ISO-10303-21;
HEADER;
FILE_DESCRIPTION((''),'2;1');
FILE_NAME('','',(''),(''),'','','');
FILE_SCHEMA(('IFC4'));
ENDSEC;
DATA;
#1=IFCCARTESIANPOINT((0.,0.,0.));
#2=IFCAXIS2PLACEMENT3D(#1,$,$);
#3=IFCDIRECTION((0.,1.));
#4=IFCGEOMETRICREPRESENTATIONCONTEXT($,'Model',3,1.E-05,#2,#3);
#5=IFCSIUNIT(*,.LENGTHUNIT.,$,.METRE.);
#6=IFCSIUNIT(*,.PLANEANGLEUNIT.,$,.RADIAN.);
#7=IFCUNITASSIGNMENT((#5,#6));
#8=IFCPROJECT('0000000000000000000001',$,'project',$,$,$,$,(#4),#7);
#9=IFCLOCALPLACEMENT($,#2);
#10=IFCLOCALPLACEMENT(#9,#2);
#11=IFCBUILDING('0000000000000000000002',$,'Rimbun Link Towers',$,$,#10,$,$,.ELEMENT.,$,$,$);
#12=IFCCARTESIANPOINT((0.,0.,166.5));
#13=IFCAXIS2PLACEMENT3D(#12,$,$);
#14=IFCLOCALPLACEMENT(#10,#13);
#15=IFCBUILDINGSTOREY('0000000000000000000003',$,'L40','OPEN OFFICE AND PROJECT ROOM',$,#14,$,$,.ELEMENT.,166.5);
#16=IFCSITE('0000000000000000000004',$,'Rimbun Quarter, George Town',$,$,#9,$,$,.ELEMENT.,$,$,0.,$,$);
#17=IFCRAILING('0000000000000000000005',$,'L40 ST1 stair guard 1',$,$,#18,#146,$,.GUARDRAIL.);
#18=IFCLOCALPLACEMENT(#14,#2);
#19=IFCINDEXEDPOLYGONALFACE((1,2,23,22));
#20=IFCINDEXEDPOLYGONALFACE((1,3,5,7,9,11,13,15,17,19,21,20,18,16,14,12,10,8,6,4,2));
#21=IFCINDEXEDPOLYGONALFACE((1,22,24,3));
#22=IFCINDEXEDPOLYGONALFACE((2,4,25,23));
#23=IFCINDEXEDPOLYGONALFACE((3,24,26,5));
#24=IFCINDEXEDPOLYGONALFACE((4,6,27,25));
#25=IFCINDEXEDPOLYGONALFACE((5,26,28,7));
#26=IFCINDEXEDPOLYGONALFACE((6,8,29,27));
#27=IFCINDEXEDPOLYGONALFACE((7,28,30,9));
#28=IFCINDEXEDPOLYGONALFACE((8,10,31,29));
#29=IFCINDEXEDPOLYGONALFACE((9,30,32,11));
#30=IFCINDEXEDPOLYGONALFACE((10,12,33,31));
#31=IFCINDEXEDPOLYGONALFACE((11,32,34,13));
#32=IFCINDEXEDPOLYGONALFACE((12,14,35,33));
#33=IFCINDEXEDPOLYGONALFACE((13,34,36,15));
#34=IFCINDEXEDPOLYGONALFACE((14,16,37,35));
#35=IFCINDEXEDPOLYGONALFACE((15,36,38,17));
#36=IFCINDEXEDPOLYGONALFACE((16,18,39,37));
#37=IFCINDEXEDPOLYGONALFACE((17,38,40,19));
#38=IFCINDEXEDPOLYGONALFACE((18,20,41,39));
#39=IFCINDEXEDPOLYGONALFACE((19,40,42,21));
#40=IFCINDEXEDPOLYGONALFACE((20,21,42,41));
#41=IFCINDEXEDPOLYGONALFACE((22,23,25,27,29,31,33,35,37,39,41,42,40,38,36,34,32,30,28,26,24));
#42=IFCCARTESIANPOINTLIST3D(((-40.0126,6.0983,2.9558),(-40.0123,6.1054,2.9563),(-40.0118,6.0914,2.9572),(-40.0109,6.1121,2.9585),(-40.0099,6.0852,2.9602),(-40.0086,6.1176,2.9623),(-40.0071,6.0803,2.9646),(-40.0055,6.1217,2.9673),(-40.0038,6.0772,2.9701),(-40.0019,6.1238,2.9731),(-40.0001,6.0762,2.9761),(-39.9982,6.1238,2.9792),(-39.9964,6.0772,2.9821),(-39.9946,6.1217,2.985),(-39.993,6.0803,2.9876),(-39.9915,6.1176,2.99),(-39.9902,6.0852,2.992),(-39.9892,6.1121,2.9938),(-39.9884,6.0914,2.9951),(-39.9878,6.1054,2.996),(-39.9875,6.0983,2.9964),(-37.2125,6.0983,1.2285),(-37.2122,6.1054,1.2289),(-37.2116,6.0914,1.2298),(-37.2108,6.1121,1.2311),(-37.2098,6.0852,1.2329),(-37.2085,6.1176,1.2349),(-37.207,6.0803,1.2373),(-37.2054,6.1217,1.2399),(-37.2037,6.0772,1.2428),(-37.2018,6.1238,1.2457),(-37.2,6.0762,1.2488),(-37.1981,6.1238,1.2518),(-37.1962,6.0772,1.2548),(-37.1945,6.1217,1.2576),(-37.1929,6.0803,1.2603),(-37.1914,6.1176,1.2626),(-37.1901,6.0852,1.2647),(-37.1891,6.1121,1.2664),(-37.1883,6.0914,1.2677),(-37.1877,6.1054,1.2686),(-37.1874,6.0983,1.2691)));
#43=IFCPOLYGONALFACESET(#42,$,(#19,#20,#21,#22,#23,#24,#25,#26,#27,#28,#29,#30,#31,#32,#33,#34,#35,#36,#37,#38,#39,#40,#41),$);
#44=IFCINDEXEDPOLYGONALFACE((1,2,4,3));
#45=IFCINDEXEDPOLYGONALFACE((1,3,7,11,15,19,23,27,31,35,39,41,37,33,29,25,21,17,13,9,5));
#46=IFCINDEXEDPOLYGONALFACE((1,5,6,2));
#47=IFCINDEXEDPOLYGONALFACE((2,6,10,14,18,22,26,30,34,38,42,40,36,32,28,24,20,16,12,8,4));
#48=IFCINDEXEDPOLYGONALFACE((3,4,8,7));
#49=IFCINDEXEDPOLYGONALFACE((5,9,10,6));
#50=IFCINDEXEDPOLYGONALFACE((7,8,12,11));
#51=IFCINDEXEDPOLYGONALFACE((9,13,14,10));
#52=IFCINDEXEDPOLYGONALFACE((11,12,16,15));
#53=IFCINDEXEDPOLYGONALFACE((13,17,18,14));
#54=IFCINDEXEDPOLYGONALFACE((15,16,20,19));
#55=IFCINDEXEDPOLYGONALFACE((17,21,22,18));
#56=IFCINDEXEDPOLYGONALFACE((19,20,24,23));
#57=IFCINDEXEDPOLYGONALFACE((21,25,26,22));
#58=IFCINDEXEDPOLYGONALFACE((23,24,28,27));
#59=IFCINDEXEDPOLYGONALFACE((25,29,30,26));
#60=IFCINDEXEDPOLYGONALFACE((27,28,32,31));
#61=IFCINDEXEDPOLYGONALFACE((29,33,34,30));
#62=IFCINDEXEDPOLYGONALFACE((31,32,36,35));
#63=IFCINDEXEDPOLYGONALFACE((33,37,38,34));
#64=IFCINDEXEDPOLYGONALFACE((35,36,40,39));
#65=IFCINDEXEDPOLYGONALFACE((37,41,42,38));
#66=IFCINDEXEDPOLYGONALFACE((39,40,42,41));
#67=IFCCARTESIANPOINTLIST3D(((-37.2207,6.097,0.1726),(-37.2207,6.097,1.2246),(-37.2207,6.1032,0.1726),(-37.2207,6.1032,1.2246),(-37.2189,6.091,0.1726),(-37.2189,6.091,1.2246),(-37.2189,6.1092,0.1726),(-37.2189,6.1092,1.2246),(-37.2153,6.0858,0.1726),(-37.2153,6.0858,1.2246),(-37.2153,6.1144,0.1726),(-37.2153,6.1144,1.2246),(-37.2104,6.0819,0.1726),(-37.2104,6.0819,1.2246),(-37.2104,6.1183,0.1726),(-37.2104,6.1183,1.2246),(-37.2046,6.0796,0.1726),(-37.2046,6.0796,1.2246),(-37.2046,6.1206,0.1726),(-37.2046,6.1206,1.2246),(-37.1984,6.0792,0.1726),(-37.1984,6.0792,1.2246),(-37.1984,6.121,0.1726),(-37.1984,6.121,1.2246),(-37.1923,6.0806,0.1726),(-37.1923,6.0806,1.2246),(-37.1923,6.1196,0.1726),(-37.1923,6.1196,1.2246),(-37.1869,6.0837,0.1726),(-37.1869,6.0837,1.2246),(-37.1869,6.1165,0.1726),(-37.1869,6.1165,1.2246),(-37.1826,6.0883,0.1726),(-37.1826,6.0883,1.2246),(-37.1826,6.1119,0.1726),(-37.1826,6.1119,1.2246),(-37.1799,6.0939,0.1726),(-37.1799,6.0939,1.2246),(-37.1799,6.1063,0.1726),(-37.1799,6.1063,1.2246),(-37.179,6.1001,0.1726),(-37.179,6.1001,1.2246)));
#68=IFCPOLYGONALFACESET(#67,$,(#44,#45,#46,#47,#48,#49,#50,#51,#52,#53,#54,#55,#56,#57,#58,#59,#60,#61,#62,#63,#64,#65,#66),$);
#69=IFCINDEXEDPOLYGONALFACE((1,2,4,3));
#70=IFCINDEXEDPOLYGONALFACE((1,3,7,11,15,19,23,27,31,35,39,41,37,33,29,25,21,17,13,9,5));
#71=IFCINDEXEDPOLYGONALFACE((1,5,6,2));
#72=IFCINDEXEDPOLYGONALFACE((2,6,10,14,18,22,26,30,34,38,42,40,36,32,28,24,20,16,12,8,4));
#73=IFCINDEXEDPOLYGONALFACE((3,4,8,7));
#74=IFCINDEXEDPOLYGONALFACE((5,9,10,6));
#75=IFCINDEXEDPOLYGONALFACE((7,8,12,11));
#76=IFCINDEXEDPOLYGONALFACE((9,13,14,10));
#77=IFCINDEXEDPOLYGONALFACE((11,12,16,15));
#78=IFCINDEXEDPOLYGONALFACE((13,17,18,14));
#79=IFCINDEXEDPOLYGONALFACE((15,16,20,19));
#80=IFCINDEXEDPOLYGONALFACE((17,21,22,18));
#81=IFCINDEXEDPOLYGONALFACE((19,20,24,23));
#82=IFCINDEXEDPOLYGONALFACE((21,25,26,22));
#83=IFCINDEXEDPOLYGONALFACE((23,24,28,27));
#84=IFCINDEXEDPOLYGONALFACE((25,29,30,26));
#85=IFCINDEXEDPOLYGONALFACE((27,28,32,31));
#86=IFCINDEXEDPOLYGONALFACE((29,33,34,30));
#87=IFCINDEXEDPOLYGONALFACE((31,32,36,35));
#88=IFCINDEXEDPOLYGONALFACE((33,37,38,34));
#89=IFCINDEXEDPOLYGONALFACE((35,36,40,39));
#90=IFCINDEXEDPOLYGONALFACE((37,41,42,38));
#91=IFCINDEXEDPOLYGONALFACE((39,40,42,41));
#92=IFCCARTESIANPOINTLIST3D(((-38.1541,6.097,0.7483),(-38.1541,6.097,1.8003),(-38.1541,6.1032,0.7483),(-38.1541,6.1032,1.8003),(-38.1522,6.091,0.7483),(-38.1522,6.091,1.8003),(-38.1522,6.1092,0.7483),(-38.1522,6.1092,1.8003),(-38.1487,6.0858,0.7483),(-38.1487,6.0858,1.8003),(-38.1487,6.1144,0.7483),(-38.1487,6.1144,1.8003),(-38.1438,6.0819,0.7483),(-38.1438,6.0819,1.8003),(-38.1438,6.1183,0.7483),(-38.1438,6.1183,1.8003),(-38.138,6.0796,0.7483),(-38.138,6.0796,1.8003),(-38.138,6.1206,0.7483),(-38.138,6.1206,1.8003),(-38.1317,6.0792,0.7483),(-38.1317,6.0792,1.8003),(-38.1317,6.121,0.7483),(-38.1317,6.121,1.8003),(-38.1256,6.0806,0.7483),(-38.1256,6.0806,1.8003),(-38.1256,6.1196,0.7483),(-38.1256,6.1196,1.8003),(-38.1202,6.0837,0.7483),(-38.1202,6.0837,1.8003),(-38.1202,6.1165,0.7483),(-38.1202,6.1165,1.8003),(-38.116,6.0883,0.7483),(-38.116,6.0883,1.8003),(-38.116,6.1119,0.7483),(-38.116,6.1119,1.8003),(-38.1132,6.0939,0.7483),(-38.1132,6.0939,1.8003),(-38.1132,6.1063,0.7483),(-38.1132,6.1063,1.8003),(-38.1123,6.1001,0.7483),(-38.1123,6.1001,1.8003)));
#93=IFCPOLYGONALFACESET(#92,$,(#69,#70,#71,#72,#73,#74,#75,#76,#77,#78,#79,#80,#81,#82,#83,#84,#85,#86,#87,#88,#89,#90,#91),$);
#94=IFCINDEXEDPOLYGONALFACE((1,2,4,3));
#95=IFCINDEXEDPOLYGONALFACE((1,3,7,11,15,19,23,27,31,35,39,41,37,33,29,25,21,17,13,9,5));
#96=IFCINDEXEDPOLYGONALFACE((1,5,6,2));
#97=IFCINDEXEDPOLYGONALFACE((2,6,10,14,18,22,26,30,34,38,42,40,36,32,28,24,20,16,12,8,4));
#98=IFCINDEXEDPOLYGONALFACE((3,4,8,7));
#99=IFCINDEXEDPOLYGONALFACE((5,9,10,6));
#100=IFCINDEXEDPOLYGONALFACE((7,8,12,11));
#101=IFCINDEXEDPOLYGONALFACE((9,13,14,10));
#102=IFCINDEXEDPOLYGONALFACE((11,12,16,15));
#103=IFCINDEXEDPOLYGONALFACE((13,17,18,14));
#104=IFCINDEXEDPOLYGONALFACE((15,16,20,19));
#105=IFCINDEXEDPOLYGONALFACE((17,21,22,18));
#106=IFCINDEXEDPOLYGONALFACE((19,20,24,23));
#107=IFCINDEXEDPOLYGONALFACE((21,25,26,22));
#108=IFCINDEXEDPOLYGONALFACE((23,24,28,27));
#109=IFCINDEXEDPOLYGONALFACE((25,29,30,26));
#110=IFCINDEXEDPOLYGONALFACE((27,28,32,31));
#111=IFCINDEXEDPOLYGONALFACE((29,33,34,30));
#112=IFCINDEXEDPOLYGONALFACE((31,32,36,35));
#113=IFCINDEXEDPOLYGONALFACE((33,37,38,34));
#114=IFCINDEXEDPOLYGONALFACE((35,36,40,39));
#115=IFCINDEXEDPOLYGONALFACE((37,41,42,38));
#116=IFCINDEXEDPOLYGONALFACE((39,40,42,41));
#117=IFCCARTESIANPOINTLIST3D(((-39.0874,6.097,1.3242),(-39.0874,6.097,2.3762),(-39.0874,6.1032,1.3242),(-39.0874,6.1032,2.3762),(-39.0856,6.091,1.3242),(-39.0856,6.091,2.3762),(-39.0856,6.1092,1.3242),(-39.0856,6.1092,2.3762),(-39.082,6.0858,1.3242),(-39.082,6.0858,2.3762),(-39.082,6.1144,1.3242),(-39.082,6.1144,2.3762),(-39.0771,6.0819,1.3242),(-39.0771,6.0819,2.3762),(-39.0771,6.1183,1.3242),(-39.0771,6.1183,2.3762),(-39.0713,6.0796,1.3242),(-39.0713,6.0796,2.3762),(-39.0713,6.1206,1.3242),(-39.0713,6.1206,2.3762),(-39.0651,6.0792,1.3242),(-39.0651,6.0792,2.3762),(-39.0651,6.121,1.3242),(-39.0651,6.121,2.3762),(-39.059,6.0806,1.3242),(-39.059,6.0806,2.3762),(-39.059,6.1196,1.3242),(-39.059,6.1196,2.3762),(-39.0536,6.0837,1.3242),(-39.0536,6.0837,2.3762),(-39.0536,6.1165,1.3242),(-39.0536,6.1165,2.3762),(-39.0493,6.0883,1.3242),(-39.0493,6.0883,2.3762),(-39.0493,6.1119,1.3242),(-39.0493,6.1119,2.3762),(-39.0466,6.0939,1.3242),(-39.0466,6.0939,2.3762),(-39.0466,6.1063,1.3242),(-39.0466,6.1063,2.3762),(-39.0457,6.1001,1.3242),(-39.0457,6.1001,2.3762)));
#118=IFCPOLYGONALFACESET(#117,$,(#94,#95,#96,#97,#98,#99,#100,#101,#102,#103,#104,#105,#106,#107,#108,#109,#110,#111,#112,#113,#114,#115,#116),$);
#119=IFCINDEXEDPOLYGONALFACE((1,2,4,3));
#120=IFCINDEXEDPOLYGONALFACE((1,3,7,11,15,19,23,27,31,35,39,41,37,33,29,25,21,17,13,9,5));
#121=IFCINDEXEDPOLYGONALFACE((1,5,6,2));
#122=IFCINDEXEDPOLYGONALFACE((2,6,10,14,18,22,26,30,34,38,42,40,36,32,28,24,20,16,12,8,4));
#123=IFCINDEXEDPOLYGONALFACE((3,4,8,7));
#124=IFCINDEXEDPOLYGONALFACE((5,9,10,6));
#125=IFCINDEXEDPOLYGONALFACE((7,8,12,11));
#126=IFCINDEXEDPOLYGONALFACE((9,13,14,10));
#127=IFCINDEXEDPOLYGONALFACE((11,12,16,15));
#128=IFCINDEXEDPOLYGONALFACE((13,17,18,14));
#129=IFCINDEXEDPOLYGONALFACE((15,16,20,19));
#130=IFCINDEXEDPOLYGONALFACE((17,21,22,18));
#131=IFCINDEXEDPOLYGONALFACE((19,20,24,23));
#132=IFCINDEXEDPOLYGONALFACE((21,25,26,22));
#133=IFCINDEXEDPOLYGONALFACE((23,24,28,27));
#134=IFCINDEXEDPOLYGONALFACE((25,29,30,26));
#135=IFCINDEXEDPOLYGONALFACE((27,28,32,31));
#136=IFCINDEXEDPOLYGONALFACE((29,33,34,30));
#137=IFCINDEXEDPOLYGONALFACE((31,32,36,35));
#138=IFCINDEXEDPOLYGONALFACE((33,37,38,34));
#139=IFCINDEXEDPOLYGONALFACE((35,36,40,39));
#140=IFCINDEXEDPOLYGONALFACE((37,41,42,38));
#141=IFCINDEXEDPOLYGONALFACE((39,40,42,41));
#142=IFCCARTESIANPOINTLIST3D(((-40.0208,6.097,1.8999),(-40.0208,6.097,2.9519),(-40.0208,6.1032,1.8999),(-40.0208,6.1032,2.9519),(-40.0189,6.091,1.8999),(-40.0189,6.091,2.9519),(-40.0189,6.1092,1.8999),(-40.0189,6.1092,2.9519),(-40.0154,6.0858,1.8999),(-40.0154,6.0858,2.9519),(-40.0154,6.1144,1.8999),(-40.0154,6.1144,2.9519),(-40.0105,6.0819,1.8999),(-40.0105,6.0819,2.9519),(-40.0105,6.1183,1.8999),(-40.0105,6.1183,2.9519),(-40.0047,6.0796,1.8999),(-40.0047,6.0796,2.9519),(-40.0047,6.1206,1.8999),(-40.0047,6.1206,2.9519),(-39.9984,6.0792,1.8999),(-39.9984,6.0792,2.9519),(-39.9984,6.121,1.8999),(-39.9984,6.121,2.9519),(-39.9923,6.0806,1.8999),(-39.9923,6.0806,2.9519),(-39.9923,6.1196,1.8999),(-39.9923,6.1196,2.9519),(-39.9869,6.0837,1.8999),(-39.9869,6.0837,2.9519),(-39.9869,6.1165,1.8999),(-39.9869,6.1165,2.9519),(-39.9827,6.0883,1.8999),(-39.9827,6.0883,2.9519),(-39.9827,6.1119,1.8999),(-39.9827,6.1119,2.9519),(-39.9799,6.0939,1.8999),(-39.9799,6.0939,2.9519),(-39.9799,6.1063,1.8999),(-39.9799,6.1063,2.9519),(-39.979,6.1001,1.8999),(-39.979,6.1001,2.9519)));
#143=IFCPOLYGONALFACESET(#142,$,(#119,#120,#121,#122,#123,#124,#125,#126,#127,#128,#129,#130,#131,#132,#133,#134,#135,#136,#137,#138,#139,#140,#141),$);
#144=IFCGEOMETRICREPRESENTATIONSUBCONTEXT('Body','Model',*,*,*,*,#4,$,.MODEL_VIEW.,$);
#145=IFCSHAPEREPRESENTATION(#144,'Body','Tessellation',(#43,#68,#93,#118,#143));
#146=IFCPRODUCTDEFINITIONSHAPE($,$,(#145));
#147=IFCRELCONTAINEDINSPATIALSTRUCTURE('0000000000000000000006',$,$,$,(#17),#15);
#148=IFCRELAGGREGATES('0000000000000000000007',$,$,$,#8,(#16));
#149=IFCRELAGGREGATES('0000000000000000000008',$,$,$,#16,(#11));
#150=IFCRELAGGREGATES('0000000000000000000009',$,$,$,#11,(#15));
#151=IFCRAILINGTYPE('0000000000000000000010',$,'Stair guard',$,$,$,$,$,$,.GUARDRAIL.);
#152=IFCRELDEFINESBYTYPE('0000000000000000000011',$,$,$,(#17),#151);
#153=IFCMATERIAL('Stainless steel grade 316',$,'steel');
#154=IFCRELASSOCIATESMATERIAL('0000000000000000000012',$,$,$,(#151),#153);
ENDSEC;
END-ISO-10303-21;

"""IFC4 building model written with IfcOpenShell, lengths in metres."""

from ifc_helpers import new_model, si_unit, direction, frame, origin, origin_2d, place, context, subcontext, project, spatial, circle, extrude, material, type_object, element, save


model = new_model("IFC4")

# Units and contexts
model_context = context("Model", 3, precision=1e-05, world=origin(), true_north=direction((0.0, 1.0)))
body_context = subcontext(model_context, "Body", "Model", "MODEL_VIEW")
ifc_project = project(units=[si_unit("LENGTHUNIT", "METRE"), si_unit("PLANEANGLEUNIT", "RADIAN")], contexts=[model_context])

# Site, building, storey
site_placement = place(None, origin())
site = spatial("IfcSite", under=ifc_project, at=site_placement, Name="Rimbun Quarter, George Town", CompositionType="ELEMENT", RefElevation=0.0)
building_placement = place(site_placement, origin())
building = spatial("IfcBuilding", under=site, at=building_placement, Name="Rimbun Link Towers", CompositionType="ELEMENT")
storey_placement = place(building_placement, frame((0.0, 0.0, 166.5)))
storey = spatial("IfcBuildingStorey", under=building, at=storey_placement, Name="L40", Description="OPEN OFFICE AND PROJECT ROOM", CompositionType="ELEMENT", Elevation=166.5)

# Railing
ifc_material_1 = material(Name="Stainless steel grade 316", Category="steel")
railing_type_1 = type_object("IfcRailingType", Name="Stair guard", PredefinedType="GUARDRAIL", material=ifc_material_1)
railing_1_placement = place(storey_placement, frame((-37.2, 6.1001, 0.1726)))
element("IfcRailing", 1, at=railing_1_placement, inside=storey, type_object=railing_type_1, Name="L40 ST1 stair guard 1", PredefinedType="GUARDRAIL", context=body_context, shape_type="SweptSolid", body=[
    extrude(circle(Radius=0.0239, at=origin_2d()), frame((0.0, 0.0, 1.0762), z_axis=(-0.85109, 0.0, 0.52502), x_axis=(0.0, -1.0, 0.0)), (0.0, 0.0, 1.0), 3.29),
    extrude(circle(Radius=0.021, at=origin_2d()), origin(), (0.0, 0.0, 1.0), 1.052),
    extrude(circle(Radius=0.021, at=origin_2d()), frame((-0.9333, 0.0, 0.5757)), (0.0, 0.0, 1.0), 1.052),
    extrude(circle(Radius=0.021, at=origin_2d()), frame((-1.8667, 0.0, 1.1516)), (0.0, 0.0, 1.0), 1.052),
    extrude(circle(Radius=0.021, at=origin_2d()), frame((-2.8, 0.0, 1.7273)), (0.0, 0.0, 1.0), 1.052),
])

save(model, "model.ifc")
